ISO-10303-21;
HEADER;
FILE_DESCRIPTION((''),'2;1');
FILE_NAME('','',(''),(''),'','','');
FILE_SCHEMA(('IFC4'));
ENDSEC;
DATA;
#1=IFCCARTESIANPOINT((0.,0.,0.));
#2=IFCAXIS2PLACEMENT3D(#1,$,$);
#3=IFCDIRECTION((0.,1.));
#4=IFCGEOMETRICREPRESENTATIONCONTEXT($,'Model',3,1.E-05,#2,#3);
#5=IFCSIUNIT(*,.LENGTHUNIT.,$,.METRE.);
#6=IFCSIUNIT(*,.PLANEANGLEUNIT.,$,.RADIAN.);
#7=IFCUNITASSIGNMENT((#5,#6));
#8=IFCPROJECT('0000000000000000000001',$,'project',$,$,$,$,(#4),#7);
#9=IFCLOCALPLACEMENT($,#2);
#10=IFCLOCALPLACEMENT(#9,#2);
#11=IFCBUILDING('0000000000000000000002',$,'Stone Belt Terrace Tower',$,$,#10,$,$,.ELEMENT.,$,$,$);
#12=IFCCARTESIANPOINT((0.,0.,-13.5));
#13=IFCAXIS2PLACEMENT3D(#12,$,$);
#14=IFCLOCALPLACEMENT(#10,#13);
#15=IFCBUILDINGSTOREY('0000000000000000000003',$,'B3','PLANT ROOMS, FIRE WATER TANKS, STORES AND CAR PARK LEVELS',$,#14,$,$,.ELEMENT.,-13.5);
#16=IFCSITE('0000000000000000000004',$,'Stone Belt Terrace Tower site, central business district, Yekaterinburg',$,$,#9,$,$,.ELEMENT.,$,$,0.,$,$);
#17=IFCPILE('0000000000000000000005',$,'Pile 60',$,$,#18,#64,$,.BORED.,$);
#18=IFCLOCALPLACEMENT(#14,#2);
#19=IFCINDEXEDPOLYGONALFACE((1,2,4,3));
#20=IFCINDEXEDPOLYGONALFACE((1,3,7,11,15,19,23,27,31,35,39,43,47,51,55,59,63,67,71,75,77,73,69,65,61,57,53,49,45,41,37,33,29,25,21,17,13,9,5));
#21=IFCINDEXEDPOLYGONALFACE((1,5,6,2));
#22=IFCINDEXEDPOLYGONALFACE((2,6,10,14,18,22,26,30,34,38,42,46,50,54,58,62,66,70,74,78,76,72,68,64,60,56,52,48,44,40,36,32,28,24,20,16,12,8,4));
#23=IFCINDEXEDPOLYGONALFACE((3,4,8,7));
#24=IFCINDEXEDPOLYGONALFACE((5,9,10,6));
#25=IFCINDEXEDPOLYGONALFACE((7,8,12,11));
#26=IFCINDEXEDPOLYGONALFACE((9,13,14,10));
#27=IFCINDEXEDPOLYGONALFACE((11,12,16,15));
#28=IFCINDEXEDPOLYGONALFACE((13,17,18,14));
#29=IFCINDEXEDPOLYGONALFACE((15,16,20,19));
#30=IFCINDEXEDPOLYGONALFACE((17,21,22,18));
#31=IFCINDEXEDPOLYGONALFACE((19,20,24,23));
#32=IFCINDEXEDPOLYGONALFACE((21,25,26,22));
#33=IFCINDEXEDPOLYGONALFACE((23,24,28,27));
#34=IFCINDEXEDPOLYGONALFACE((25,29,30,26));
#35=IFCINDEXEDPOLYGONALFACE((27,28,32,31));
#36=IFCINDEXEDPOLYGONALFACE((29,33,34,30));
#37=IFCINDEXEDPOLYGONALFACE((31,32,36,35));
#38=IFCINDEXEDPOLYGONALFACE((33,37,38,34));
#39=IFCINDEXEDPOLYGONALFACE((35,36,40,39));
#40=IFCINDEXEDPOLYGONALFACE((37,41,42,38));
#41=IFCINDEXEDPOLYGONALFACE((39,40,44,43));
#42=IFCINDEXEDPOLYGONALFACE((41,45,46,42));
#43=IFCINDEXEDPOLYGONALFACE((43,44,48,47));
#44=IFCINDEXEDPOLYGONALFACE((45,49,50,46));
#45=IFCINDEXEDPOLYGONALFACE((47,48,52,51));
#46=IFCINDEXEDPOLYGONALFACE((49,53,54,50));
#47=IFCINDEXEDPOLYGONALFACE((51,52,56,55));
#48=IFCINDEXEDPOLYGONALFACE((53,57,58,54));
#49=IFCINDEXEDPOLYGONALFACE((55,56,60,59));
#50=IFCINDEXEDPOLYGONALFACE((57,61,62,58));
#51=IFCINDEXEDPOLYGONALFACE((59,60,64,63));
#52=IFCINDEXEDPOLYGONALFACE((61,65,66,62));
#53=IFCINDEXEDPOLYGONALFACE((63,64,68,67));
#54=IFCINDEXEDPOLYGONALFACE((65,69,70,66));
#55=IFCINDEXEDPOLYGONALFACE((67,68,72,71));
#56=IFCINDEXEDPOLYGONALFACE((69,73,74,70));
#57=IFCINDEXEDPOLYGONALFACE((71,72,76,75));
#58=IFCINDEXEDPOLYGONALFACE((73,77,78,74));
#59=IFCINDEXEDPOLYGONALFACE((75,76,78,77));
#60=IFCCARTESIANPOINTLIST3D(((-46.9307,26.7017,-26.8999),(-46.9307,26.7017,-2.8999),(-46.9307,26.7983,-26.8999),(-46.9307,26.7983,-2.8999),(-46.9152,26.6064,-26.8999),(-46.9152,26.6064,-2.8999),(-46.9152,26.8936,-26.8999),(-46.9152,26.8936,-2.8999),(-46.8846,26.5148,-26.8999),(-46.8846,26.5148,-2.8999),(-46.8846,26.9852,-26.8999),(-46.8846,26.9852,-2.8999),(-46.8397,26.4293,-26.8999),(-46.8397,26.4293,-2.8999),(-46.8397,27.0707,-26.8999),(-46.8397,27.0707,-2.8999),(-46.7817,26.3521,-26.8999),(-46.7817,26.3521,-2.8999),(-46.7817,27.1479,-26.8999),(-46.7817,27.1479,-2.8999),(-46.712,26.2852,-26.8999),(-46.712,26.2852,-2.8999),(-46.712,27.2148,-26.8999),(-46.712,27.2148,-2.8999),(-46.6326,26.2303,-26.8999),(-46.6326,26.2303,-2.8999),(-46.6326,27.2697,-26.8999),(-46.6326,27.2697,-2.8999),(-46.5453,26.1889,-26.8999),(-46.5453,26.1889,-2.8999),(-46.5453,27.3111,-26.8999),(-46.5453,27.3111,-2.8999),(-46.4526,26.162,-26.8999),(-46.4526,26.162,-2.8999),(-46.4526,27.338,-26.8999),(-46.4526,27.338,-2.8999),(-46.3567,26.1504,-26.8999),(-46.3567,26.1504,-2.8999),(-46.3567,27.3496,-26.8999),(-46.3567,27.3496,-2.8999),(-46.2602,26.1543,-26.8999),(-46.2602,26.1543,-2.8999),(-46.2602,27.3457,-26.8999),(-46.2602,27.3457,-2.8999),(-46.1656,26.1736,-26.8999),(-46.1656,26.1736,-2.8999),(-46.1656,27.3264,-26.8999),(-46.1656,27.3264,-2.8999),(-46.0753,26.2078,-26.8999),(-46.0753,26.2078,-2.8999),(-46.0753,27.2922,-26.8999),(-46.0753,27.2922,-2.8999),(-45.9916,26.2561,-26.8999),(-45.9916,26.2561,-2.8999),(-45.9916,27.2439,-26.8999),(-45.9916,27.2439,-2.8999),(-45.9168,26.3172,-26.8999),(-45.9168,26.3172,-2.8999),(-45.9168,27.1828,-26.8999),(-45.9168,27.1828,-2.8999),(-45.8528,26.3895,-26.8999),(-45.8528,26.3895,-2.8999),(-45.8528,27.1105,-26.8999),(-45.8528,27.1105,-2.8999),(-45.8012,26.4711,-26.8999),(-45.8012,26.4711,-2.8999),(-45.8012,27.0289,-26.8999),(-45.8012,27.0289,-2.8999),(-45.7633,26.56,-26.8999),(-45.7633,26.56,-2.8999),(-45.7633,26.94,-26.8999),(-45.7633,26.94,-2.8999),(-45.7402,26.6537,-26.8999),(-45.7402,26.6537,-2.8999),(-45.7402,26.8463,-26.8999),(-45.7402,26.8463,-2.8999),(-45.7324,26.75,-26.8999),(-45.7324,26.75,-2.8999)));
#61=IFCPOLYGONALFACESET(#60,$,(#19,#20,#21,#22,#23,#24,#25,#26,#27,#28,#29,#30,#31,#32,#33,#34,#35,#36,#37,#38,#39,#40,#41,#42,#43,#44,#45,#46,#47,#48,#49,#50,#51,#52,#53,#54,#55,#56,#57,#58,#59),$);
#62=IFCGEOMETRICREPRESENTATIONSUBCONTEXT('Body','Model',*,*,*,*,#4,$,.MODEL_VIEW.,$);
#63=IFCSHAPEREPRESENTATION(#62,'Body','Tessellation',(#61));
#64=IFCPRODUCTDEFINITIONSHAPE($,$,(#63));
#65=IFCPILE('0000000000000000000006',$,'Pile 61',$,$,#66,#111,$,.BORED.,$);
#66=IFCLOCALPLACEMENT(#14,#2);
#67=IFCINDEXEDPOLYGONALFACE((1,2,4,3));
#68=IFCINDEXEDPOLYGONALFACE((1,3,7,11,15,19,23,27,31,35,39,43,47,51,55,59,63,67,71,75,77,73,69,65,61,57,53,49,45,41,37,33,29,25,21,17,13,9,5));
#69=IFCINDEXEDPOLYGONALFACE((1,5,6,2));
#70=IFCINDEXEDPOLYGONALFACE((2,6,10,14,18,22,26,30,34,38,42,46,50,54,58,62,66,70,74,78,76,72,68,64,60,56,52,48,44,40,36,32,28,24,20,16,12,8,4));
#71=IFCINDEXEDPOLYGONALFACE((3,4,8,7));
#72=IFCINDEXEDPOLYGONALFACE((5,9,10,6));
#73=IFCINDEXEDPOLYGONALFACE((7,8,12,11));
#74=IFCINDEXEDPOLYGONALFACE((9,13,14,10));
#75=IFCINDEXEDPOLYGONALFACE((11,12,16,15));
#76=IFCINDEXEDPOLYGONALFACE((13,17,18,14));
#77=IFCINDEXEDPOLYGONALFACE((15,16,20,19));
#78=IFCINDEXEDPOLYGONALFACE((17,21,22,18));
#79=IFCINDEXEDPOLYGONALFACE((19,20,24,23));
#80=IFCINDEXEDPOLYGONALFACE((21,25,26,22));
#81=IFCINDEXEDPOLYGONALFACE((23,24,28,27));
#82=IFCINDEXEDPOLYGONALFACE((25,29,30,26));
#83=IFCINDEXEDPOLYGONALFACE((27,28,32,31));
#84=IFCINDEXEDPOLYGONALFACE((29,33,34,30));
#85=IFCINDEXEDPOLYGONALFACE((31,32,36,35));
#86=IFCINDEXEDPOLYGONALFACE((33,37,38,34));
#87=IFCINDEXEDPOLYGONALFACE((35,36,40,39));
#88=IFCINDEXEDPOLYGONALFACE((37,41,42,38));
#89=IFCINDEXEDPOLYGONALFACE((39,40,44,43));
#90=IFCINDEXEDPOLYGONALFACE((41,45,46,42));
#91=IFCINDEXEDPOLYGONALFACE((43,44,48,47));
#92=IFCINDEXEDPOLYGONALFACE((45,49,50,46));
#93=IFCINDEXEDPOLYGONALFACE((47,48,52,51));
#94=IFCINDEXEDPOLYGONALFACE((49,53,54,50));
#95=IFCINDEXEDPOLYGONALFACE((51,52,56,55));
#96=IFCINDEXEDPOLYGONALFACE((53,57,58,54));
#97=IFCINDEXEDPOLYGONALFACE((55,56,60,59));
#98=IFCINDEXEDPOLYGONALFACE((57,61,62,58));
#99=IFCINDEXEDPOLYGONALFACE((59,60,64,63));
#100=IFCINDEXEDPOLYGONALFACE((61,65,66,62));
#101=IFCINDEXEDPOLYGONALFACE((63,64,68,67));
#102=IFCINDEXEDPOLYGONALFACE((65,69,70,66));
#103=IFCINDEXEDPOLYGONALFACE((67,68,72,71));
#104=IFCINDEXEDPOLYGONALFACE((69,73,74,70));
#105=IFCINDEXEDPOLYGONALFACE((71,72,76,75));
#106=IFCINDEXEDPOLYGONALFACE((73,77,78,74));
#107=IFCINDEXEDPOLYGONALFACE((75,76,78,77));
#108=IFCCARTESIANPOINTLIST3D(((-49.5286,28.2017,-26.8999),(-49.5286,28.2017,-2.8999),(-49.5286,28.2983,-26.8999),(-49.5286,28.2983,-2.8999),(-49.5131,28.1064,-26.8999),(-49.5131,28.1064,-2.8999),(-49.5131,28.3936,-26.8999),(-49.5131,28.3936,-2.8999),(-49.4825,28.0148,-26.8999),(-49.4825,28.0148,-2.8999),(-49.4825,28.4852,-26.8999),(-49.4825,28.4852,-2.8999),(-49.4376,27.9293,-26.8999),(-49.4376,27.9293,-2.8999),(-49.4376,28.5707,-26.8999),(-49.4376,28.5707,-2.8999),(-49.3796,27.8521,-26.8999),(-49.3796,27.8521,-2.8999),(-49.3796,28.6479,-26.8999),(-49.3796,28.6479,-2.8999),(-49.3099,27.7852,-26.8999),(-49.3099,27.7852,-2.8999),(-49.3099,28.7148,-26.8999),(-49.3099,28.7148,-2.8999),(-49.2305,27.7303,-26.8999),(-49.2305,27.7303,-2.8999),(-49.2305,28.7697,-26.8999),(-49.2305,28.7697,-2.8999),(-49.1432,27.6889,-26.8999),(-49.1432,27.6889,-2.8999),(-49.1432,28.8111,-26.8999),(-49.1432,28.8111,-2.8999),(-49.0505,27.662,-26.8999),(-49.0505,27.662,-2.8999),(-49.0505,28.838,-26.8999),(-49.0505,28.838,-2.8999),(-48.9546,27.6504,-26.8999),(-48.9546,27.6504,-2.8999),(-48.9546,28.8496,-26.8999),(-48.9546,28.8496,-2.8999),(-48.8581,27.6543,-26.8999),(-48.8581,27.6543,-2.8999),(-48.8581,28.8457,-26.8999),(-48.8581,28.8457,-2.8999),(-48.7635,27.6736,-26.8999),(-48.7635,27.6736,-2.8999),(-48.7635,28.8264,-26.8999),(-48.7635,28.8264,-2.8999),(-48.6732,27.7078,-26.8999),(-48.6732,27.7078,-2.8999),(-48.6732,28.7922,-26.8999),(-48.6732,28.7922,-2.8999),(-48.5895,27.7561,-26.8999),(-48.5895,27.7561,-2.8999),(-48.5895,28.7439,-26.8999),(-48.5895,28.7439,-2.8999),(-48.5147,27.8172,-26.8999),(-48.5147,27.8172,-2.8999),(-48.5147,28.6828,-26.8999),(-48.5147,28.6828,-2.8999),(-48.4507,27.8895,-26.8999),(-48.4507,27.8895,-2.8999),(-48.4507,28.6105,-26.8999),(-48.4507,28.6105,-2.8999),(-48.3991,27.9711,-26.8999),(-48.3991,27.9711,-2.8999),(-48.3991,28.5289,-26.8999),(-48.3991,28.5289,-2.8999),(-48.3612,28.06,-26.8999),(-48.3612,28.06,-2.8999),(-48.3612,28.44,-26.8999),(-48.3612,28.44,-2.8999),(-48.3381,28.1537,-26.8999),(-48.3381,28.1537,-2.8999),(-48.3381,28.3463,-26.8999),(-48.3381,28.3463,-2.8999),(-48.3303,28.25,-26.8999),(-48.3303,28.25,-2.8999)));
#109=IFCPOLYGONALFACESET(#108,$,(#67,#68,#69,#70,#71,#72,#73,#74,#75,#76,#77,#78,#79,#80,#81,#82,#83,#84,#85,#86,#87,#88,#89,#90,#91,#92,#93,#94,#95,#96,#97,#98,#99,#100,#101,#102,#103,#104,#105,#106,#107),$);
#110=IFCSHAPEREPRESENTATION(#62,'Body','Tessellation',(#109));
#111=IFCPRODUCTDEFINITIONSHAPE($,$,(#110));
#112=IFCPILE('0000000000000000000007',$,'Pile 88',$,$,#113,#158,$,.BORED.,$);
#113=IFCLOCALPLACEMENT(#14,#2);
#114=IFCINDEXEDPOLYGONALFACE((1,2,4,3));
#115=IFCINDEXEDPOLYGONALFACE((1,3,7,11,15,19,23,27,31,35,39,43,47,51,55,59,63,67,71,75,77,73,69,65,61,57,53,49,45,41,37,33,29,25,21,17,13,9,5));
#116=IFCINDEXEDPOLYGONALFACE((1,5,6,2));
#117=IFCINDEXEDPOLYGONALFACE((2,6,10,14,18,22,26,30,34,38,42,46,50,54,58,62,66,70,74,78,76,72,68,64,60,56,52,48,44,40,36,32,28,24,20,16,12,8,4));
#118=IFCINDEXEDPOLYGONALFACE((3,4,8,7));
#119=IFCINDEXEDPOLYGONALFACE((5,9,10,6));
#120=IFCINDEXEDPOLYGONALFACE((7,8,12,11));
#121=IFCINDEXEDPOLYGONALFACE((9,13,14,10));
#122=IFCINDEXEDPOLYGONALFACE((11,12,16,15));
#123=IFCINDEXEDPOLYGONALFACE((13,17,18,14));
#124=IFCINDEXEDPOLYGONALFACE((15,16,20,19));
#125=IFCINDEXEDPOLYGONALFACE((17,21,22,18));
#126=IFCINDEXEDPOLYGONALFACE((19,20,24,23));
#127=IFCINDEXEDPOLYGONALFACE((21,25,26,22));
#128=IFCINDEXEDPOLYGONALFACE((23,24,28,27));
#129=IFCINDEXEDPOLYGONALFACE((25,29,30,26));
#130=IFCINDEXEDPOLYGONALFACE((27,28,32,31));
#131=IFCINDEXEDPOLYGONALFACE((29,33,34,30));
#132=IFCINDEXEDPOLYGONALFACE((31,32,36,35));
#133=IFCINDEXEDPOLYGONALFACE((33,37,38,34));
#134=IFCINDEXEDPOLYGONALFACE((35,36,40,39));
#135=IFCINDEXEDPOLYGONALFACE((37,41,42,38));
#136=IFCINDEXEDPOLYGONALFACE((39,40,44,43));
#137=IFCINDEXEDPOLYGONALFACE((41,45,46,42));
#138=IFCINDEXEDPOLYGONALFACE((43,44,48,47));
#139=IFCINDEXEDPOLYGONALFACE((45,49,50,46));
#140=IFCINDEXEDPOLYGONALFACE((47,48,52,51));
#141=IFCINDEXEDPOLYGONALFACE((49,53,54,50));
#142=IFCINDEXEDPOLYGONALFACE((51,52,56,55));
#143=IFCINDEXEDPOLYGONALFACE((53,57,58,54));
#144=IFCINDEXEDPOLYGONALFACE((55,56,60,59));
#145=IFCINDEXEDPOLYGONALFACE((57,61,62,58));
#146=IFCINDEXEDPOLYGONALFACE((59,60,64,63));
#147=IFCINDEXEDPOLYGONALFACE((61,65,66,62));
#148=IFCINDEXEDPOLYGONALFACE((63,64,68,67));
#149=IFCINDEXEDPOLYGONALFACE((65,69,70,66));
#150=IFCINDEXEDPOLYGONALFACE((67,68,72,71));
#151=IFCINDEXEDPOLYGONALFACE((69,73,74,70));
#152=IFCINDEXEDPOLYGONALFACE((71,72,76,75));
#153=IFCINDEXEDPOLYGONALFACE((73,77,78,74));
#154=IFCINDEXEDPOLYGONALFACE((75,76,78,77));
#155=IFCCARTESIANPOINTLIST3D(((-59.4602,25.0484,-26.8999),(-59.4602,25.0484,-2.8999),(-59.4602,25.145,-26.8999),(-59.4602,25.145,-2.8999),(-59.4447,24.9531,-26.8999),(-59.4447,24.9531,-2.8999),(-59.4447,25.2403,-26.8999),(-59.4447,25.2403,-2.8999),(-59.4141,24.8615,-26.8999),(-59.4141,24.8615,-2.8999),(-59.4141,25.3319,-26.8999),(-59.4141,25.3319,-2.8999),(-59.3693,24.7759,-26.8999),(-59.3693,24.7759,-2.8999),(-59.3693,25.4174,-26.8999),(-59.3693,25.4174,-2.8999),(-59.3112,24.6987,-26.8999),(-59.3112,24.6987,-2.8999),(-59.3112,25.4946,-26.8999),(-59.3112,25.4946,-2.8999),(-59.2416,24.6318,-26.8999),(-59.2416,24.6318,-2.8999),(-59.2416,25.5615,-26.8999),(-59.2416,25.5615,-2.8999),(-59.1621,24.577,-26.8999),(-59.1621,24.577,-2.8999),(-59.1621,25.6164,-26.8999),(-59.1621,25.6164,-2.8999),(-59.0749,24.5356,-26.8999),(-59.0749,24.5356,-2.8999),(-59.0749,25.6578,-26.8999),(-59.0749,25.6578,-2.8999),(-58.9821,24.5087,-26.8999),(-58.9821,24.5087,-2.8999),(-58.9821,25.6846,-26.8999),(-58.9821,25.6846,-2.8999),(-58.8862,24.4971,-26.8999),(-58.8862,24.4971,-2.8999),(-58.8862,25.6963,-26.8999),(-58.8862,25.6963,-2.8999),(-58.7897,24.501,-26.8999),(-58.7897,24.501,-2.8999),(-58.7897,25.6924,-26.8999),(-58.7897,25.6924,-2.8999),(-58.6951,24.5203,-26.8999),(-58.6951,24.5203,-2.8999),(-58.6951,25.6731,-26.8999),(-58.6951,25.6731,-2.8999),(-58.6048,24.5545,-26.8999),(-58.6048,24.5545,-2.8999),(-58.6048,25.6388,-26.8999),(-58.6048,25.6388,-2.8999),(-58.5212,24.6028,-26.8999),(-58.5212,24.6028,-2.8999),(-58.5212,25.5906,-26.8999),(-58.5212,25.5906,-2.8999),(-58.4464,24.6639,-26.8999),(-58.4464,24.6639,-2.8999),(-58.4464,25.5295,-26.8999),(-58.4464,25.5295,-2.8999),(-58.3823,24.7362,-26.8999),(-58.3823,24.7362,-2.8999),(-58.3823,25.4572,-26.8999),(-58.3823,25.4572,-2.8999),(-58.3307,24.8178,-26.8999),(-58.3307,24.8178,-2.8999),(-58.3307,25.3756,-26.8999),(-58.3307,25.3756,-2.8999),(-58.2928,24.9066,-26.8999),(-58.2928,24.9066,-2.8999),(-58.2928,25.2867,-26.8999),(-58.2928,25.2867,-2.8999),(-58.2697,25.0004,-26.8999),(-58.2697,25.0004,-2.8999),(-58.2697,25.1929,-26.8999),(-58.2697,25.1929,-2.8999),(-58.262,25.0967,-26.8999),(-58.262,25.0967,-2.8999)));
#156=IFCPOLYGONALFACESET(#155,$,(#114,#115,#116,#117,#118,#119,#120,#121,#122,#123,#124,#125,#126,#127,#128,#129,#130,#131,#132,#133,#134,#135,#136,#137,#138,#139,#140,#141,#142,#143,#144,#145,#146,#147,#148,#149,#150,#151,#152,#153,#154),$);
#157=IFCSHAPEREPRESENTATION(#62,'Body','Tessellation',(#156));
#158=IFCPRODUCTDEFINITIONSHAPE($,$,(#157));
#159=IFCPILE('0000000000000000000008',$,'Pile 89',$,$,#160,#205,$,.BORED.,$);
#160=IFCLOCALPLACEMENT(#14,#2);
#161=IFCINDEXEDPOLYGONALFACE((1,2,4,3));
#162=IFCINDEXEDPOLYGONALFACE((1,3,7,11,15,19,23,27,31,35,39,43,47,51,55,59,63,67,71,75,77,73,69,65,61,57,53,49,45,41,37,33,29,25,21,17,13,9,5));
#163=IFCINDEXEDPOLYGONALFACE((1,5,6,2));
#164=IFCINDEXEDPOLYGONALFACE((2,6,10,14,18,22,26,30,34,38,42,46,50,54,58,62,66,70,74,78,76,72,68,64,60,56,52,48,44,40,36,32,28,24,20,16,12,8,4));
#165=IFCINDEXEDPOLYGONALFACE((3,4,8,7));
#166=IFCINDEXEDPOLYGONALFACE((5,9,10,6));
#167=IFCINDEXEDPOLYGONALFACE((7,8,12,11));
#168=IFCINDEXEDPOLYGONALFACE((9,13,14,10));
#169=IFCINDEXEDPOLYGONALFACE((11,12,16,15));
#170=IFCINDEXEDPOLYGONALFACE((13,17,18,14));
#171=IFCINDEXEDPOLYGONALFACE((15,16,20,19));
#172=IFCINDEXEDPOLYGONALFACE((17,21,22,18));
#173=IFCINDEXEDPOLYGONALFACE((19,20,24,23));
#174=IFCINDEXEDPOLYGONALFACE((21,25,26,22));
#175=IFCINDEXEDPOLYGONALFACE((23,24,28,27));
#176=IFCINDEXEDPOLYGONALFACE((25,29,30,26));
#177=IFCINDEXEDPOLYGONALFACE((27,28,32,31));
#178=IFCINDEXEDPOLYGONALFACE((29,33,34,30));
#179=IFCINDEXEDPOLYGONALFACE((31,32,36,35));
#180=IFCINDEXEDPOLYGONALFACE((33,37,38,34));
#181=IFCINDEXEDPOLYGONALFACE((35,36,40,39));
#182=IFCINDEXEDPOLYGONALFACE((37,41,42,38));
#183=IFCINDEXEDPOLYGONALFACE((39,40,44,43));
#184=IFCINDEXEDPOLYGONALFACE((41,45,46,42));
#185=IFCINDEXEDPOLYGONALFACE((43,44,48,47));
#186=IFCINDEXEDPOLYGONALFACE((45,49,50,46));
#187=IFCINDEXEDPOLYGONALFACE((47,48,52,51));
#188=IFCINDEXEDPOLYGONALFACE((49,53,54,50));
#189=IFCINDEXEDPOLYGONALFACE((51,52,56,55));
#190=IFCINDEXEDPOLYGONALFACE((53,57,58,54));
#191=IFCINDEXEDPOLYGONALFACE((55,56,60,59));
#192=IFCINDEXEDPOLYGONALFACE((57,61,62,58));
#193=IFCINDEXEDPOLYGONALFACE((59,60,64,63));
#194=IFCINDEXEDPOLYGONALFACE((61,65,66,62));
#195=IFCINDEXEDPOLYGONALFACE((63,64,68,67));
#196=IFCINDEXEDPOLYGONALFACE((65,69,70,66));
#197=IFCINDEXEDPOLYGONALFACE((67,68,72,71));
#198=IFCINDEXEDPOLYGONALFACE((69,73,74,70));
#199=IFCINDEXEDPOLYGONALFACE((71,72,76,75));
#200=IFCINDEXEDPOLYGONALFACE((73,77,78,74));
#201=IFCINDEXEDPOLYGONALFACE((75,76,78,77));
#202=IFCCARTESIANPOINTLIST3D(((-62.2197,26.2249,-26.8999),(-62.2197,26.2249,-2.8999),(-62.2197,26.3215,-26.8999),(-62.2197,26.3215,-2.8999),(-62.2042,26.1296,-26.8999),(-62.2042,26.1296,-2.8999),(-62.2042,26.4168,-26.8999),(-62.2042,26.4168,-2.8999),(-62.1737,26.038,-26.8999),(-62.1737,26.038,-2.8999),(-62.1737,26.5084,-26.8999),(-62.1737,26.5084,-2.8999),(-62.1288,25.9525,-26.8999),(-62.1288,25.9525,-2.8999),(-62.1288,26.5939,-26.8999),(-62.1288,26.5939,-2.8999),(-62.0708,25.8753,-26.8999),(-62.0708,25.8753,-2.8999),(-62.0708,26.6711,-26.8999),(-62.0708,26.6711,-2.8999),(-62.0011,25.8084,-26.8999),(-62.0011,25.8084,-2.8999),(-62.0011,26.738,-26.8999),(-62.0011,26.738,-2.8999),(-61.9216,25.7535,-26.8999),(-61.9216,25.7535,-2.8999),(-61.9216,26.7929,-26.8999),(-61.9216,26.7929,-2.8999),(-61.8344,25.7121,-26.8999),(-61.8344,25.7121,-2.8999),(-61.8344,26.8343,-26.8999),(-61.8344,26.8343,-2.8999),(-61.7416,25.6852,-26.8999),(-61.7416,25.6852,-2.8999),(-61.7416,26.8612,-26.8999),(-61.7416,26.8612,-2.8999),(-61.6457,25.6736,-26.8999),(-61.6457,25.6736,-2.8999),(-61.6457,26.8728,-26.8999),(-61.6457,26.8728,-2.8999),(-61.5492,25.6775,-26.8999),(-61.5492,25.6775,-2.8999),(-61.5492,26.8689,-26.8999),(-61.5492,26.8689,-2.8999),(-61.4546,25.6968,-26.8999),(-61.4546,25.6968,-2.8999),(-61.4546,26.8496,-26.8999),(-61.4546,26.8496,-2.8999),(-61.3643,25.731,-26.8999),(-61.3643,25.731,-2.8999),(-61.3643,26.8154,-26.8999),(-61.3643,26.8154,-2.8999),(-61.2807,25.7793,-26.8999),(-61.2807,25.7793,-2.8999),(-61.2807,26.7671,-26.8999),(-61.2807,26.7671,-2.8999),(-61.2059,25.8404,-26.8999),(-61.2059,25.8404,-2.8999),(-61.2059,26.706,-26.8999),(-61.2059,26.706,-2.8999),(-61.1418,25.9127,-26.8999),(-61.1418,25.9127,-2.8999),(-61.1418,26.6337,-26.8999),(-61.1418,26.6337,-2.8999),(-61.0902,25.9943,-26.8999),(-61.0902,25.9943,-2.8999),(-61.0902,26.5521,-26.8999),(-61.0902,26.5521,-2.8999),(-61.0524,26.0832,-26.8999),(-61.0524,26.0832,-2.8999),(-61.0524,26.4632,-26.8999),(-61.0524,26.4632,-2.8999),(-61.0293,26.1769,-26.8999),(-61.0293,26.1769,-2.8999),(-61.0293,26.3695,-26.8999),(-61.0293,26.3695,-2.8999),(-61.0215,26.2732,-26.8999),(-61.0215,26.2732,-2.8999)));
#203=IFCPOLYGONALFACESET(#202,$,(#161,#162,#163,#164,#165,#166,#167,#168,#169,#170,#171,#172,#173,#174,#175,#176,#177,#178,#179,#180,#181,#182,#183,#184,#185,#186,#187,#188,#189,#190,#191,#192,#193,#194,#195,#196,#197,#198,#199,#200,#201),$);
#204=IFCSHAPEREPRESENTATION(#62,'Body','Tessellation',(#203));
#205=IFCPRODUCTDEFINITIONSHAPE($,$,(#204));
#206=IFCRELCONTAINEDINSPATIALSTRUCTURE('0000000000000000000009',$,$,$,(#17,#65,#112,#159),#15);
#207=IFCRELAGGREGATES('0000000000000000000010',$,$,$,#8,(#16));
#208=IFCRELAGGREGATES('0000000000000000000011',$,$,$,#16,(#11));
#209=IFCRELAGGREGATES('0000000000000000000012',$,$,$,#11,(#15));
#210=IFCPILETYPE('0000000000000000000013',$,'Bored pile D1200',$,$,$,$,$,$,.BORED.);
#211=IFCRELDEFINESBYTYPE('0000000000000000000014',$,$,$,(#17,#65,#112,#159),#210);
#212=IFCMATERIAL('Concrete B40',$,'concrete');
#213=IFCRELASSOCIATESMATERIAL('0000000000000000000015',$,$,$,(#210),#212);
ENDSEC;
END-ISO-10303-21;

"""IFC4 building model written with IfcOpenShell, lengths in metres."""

from ifc_helpers import new_model, si_unit, direction, frame, origin, origin_2d, place, context, subcontext, project, spatial, circle, extrude, material, material_profile, profile_set, type_object, element, save


model = new_model("IFC4")

# Units and contexts
model_context = context("Model", 3, precision=1e-05, world=origin(), true_north=direction((0.0, 1.0)))
body_context = subcontext(model_context, "Body", "Model", "MODEL_VIEW")
ifc_project = project(units=[si_unit("LENGTHUNIT", "METRE"), si_unit("PLANEANGLEUNIT", "RADIAN")], contexts=[model_context])

# Site, building, storey
site_placement = place(None, origin())
site = spatial("IfcSite", under=ifc_project, at=site_placement, Name="Stone Belt Terrace Tower site, central business district, Yekaterinburg", CompositionType="ELEMENT", RefElevation=0.0)
building_placement = place(site_placement, origin())
building = spatial("IfcBuilding", under=site, at=building_placement, Name="Stone Belt Terrace Tower", CompositionType="ELEMENT")
storey_placement = place(building_placement, frame((0.0, 0.0, -13.5)))
storey = spatial("IfcBuildingStorey", under=building, at=storey_placement, Name="B3", Description="PLANT ROOMS, FIRE WATER TANKS, STORES AND CAR PARK LEVELS", CompositionType="ELEMENT", Elevation=-13.5)

# Piles
ifc_material_1 = material(Name="Concrete B40", Category="concrete")
ifc_material_profile_1 = material_profile(ifc_material_1, circle(Radius=0.6001, at=origin_2d()), Name="PILE D1200")
ifc_profile_set_1 = profile_set([ifc_material_profile_1], Name="Concrete B40")
pile_type = type_object("IfcPileType", Name="Bored pile D1200", PredefinedType="BORED", material=ifc_profile_set_1)
for number, where, z_axis, x_axis, name in (
    (1, (-46.3325, 26.75, -2.8999), (0.0, 0.0, -1.0), (1.0, 0.0, 0.0), "Pile 60"),
    (2, (-48.9304, 28.25, -2.8999), (0.0, 0.0, -1.0), (1.0, 0.0, 0.0), "Pile 61"),
    (3, (-58.8621, 25.0967, -2.8999), (0.0, 0.0, -1.0), (1.0, 0.0, 0.0), "Pile 88"),
    (4, (-61.6216, 26.2732, -2.8999), (0.0, 0.0, -1.0), (1.0, 0.0, 0.0), "Pile 89"),
):
    element("IfcPile", number, at=place(storey_placement, frame(where, z_axis=z_axis, x_axis=x_axis)), inside=storey, type_object=pile_type, Name=name, PredefinedType="BORED", context=body_context, shape_type="SweptSolid", body=[
        extrude(circle(Radius=0.6001, at=origin_2d()), origin(), (0.0, 0.0, 1.0), 24.0),
    ])

save(model, "model.ifc")
